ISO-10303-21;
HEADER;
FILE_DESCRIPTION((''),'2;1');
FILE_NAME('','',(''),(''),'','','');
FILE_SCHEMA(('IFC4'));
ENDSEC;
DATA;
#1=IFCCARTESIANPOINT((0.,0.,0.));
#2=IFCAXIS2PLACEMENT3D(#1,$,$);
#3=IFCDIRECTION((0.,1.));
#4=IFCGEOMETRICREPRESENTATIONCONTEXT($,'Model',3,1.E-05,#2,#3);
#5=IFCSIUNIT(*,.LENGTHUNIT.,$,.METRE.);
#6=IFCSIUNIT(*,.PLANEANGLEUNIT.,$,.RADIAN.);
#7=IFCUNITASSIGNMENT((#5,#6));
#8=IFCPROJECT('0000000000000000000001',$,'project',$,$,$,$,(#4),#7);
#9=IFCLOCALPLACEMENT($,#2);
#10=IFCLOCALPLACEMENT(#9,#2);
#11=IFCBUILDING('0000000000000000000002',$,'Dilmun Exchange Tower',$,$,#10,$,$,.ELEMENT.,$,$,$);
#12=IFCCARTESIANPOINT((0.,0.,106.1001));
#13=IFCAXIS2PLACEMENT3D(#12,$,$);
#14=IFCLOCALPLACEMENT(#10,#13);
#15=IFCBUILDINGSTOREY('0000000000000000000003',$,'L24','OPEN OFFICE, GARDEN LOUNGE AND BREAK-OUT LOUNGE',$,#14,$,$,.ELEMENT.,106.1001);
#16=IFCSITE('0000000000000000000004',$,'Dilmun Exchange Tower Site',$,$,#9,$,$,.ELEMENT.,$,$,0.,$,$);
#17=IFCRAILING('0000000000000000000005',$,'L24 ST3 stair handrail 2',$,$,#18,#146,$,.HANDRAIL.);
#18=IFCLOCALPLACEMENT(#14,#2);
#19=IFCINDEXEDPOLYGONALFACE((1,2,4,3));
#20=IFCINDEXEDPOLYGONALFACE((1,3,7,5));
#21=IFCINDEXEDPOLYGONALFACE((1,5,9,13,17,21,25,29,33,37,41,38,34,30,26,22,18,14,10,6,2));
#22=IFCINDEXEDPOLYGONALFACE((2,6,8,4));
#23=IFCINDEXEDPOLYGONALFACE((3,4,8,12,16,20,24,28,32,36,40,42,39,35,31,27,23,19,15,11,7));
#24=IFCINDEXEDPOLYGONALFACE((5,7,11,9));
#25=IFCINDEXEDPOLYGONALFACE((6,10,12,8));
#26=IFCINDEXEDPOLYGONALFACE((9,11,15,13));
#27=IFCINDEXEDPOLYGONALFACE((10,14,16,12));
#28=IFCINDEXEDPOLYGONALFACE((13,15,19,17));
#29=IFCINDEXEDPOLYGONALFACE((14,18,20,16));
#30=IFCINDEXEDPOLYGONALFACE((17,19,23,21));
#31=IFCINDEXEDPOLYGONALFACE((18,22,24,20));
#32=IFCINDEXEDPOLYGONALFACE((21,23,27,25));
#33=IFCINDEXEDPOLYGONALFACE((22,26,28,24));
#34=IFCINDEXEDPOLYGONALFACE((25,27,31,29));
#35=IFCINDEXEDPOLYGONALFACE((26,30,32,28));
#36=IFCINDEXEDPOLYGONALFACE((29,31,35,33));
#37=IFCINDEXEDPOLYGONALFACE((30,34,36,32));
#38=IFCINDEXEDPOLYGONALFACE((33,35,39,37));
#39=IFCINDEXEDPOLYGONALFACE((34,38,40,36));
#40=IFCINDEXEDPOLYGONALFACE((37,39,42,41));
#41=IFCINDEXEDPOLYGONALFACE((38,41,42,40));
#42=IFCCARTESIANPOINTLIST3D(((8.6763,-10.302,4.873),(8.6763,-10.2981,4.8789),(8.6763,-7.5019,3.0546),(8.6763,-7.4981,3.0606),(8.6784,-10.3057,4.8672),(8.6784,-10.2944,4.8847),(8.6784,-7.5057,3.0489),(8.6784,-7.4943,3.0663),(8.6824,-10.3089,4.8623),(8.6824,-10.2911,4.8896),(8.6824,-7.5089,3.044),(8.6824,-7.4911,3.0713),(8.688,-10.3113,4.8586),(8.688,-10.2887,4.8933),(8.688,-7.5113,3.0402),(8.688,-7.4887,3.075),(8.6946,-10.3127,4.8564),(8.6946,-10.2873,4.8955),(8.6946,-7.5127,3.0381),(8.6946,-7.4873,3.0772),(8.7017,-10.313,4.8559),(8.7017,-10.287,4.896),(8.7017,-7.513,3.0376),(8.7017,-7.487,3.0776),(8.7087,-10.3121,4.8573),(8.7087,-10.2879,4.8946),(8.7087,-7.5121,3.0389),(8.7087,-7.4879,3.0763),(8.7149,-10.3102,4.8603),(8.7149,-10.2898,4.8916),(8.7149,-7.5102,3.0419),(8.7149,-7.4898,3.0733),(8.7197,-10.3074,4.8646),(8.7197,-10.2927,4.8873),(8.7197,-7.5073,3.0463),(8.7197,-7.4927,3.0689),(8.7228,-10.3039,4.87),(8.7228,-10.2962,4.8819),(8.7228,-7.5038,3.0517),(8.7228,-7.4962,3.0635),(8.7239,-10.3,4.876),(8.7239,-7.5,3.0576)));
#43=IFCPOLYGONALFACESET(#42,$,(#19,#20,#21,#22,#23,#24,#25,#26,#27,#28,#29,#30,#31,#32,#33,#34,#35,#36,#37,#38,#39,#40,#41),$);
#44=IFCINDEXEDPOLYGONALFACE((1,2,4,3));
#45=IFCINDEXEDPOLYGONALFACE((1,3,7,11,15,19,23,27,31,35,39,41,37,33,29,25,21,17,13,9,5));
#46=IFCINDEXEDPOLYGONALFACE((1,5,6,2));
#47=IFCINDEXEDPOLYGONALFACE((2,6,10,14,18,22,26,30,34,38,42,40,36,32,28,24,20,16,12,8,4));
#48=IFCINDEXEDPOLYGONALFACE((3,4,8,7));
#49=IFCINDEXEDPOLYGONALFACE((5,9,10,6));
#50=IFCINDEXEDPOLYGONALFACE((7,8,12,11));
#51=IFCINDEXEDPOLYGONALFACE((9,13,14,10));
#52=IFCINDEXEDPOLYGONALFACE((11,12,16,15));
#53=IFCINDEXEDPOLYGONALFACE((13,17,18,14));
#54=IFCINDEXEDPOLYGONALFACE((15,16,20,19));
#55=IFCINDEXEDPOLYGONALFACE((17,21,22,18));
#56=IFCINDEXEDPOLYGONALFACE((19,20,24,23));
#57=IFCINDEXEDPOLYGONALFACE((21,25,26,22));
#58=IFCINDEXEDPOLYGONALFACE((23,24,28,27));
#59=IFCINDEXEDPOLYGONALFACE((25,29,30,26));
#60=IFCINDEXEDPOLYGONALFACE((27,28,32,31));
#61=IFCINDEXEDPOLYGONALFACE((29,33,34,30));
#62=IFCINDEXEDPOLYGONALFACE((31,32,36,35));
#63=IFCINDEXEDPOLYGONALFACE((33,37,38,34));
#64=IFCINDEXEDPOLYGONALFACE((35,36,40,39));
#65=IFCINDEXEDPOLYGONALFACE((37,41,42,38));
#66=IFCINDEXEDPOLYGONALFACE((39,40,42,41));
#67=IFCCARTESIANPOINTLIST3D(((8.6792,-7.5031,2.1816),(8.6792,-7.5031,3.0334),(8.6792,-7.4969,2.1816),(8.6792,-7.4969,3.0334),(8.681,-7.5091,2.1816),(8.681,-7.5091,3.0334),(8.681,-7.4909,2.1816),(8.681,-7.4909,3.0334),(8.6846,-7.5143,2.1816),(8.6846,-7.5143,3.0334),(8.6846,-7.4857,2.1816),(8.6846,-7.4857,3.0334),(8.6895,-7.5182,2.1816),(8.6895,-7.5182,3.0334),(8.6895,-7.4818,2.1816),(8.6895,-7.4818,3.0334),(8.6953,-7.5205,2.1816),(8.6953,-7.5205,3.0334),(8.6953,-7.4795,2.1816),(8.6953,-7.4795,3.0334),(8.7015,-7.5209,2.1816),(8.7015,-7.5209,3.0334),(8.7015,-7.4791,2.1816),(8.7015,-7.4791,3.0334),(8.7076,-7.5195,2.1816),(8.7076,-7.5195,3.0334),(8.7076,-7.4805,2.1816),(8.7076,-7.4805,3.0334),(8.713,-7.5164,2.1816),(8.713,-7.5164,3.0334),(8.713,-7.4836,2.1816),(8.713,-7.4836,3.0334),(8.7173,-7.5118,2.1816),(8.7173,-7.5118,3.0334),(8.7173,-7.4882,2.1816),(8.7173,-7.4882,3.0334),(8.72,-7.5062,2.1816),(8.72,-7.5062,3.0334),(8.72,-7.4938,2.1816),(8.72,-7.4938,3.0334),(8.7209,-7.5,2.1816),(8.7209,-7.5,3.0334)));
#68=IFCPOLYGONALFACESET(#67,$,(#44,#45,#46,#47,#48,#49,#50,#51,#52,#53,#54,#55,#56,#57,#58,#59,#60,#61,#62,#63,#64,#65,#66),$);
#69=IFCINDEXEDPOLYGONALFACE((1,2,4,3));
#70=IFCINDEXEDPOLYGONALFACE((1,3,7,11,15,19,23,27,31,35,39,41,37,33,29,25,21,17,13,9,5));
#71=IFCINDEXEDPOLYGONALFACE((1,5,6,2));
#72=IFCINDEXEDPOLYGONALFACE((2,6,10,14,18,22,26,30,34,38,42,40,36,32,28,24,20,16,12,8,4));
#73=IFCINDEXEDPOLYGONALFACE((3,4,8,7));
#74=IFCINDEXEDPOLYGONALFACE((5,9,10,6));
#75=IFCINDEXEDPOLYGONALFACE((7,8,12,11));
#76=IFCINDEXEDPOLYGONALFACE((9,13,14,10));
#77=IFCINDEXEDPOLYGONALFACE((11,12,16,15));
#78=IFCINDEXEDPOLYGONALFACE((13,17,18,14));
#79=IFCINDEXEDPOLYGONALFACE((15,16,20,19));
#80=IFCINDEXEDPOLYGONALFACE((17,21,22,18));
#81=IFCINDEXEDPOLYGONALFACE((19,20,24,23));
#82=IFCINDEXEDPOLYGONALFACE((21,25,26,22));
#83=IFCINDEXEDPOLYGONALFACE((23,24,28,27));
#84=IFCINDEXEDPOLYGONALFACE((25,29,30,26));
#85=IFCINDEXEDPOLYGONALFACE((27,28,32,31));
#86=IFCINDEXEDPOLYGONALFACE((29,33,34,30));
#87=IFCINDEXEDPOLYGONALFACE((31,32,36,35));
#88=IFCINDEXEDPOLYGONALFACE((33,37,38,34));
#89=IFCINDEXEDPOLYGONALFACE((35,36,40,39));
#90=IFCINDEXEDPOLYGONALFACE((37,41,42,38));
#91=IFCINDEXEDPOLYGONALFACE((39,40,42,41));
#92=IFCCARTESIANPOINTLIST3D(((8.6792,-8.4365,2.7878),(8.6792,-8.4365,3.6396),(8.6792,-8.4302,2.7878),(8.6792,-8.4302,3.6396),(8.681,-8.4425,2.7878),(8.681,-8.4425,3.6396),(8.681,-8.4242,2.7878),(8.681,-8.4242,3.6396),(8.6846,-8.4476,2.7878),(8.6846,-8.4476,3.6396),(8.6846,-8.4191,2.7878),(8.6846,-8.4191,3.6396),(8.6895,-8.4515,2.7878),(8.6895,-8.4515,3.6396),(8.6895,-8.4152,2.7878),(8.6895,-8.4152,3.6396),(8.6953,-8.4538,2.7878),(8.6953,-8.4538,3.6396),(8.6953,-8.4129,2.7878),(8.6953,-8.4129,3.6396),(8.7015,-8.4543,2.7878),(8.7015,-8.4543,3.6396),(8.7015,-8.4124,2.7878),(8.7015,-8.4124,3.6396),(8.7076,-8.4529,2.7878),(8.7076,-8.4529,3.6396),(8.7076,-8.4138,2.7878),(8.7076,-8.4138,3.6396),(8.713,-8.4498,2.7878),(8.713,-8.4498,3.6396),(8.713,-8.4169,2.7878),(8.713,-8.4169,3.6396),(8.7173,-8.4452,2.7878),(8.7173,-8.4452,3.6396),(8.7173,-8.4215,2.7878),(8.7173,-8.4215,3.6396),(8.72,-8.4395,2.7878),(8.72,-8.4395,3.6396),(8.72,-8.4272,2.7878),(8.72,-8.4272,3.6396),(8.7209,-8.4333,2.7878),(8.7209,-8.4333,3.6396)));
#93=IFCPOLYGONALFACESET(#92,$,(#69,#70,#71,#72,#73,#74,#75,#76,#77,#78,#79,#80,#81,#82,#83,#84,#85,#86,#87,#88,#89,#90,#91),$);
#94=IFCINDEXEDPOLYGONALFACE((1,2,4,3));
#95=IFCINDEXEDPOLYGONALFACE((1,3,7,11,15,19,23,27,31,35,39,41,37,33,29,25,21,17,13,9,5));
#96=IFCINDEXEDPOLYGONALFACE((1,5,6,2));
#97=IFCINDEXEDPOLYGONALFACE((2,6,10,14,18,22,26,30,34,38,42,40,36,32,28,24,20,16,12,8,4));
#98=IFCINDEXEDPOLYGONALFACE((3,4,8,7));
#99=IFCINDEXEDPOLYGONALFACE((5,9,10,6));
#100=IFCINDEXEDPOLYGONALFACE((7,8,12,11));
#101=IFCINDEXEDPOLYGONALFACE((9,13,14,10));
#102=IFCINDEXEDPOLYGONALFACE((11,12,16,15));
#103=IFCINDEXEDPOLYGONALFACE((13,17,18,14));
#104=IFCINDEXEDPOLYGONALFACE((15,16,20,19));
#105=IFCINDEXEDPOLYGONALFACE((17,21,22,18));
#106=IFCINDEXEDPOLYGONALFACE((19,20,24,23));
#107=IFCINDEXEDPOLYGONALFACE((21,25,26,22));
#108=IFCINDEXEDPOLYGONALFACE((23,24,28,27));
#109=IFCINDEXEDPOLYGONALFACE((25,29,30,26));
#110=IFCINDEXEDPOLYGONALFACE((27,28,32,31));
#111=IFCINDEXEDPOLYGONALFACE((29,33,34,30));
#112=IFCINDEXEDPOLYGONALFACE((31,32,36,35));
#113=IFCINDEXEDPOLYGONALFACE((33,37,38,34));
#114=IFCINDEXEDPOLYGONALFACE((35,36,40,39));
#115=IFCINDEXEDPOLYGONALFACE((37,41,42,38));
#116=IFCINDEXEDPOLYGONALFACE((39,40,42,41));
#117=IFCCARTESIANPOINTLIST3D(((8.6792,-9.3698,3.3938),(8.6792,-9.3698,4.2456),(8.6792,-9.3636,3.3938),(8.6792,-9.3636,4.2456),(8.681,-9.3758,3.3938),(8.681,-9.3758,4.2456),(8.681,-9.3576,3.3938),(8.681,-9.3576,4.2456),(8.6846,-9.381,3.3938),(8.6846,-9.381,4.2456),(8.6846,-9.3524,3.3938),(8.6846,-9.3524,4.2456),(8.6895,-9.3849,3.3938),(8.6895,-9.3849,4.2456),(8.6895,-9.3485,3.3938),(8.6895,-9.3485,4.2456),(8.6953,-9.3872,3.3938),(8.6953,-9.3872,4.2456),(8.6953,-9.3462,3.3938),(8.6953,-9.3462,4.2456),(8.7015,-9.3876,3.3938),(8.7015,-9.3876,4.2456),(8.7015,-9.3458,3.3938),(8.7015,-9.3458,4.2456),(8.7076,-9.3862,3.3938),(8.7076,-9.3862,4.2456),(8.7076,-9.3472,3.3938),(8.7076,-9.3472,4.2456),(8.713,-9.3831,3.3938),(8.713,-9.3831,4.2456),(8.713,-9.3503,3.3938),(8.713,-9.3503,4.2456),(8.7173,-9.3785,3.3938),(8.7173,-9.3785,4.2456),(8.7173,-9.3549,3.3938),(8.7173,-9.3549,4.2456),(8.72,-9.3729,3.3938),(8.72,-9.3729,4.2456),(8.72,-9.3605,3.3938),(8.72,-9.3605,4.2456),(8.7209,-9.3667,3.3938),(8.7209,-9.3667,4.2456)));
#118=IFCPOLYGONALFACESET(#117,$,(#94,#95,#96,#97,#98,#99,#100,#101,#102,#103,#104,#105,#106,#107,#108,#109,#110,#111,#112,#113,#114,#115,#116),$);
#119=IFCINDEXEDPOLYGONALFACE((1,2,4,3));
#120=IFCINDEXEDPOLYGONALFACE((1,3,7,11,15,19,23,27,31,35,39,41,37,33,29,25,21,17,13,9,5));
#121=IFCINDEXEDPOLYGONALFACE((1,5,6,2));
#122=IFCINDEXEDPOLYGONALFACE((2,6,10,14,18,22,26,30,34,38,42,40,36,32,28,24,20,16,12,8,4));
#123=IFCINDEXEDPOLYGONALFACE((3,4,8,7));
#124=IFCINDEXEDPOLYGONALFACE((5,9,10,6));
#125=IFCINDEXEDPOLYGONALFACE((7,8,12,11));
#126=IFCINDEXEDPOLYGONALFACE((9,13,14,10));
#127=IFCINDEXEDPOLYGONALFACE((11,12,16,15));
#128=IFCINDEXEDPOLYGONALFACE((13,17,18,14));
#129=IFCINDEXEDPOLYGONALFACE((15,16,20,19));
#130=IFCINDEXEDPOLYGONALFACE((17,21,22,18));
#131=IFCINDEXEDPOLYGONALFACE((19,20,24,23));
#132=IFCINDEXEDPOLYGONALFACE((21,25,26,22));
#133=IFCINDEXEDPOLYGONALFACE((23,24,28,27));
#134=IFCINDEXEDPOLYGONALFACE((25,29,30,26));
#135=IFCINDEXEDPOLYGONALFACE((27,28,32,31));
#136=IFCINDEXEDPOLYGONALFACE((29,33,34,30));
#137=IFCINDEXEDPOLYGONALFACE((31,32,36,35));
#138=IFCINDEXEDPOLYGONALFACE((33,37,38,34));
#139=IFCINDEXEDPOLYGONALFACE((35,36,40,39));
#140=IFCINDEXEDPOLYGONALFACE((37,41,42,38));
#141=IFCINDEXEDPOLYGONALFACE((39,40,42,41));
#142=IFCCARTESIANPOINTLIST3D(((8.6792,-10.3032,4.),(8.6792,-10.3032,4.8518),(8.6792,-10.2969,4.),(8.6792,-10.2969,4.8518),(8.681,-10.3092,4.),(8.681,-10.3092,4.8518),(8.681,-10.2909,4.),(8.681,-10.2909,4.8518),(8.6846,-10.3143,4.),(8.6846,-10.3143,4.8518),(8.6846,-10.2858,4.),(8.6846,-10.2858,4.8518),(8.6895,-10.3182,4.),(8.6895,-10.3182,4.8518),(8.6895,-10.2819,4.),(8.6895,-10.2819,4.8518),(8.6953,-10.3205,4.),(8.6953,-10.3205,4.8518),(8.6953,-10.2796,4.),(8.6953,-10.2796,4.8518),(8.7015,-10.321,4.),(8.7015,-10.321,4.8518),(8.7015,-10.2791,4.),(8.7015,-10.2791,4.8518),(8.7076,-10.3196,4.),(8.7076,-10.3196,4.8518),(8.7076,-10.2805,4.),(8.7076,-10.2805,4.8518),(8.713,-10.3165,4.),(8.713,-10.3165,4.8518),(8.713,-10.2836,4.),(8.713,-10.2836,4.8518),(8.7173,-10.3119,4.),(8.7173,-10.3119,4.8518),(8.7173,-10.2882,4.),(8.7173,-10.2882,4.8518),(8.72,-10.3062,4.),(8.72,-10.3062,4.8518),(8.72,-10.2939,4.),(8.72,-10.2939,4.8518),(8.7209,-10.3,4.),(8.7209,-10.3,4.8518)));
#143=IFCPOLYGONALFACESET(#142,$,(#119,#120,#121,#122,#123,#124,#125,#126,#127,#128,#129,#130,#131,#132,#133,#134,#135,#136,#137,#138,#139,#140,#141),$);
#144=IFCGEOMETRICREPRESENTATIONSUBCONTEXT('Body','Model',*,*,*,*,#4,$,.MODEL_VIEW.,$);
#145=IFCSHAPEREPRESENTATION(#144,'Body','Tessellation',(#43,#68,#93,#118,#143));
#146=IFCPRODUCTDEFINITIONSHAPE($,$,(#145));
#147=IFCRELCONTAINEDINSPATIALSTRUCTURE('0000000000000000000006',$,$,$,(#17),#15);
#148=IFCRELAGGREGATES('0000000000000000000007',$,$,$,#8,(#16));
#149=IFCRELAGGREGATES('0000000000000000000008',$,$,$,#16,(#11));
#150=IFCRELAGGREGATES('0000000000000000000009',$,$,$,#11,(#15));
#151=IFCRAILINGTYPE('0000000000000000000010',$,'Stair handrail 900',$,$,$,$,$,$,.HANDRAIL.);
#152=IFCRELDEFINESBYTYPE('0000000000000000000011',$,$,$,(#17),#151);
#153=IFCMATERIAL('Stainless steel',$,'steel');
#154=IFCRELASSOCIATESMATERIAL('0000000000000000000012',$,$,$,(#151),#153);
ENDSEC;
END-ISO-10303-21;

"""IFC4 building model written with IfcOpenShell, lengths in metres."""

from ifc_helpers import new_model, si_unit, direction, frame, origin, origin_2d, place, context, subcontext, project, spatial, circle, extrude, material, type_object, element, save


model = new_model("IFC4")

# Units and contexts
model_context = context("Model", 3, precision=1e-05, world=origin(), true_north=direction((0.0, 1.0)))
body_context = subcontext(model_context, "Body", "Model", "MODEL_VIEW")
ifc_project = project(units=[si_unit("LENGTHUNIT", "METRE"), si_unit("PLANEANGLEUNIT", "RADIAN")], contexts=[model_context])

# Site, building, storey
site_placement = place(None, origin())
site = spatial("IfcSite", under=ifc_project, at=site_placement, Name="Dilmun Exchange Tower Site", CompositionType="ELEMENT", RefElevation=0.0)
building_placement = place(site_placement, origin())
building = spatial("IfcBuilding", under=site, at=building_placement, Name="Dilmun Exchange Tower", CompositionType="ELEMENT")
storey_placement = place(building_placement, frame((0.0, 0.0, 106.1001)))
storey = spatial("IfcBuildingStorey", under=building, at=storey_placement, Name="L24", Description="OPEN OFFICE, GARDEN LOUNGE AND BREAK-OUT LOUNGE", CompositionType="ELEMENT", Elevation=106.1001)

# Railing
ifc_material_1 = material(Name="Stainless steel", Category="steel")
railing_type = type_object("IfcRailingType", Name="Stair handrail 900", PredefinedType="HANDRAIL", material=ifc_material_1)
railing_placement = place(storey_placement, frame((8.7, -7.5, 2.1816)))
element("IfcRailing", 1, at=railing_placement, inside=storey, type_object=railing_type, Name="L24 ST3 stair handrail 2", PredefinedType="HANDRAIL", context=body_context, shape_type="SweptSolid", body=[
    extrude(circle(Radius=0.0239, at=origin_2d()), frame((0.0, 0.0, 0.876), z_axis=(0.0, -0.838672, 0.544636), x_axis=(1.0, 0.0, 0.0)), (0.0, 0.0, 1.0), 3.3386),
    extrude(circle(Radius=0.021, at=origin_2d()), origin(), (0.0, 0.0, 1.0), 0.8518),
    extrude(circle(Radius=0.021, at=origin_2d()), frame((0.0, -0.9333, 0.6062)), (0.0, 0.0, 1.0), 0.8518),
    extrude(circle(Radius=0.021, at=origin_2d()), frame((0.0, -1.8667, 1.2122)), (0.0, 0.0, 1.0), 0.8518),
    extrude(circle(Radius=0.021, at=origin_2d()), frame((0.0, -2.8, 1.8184)), (0.0, 0.0, 1.0), 0.8518),
])

save(model, "model.ifc")
